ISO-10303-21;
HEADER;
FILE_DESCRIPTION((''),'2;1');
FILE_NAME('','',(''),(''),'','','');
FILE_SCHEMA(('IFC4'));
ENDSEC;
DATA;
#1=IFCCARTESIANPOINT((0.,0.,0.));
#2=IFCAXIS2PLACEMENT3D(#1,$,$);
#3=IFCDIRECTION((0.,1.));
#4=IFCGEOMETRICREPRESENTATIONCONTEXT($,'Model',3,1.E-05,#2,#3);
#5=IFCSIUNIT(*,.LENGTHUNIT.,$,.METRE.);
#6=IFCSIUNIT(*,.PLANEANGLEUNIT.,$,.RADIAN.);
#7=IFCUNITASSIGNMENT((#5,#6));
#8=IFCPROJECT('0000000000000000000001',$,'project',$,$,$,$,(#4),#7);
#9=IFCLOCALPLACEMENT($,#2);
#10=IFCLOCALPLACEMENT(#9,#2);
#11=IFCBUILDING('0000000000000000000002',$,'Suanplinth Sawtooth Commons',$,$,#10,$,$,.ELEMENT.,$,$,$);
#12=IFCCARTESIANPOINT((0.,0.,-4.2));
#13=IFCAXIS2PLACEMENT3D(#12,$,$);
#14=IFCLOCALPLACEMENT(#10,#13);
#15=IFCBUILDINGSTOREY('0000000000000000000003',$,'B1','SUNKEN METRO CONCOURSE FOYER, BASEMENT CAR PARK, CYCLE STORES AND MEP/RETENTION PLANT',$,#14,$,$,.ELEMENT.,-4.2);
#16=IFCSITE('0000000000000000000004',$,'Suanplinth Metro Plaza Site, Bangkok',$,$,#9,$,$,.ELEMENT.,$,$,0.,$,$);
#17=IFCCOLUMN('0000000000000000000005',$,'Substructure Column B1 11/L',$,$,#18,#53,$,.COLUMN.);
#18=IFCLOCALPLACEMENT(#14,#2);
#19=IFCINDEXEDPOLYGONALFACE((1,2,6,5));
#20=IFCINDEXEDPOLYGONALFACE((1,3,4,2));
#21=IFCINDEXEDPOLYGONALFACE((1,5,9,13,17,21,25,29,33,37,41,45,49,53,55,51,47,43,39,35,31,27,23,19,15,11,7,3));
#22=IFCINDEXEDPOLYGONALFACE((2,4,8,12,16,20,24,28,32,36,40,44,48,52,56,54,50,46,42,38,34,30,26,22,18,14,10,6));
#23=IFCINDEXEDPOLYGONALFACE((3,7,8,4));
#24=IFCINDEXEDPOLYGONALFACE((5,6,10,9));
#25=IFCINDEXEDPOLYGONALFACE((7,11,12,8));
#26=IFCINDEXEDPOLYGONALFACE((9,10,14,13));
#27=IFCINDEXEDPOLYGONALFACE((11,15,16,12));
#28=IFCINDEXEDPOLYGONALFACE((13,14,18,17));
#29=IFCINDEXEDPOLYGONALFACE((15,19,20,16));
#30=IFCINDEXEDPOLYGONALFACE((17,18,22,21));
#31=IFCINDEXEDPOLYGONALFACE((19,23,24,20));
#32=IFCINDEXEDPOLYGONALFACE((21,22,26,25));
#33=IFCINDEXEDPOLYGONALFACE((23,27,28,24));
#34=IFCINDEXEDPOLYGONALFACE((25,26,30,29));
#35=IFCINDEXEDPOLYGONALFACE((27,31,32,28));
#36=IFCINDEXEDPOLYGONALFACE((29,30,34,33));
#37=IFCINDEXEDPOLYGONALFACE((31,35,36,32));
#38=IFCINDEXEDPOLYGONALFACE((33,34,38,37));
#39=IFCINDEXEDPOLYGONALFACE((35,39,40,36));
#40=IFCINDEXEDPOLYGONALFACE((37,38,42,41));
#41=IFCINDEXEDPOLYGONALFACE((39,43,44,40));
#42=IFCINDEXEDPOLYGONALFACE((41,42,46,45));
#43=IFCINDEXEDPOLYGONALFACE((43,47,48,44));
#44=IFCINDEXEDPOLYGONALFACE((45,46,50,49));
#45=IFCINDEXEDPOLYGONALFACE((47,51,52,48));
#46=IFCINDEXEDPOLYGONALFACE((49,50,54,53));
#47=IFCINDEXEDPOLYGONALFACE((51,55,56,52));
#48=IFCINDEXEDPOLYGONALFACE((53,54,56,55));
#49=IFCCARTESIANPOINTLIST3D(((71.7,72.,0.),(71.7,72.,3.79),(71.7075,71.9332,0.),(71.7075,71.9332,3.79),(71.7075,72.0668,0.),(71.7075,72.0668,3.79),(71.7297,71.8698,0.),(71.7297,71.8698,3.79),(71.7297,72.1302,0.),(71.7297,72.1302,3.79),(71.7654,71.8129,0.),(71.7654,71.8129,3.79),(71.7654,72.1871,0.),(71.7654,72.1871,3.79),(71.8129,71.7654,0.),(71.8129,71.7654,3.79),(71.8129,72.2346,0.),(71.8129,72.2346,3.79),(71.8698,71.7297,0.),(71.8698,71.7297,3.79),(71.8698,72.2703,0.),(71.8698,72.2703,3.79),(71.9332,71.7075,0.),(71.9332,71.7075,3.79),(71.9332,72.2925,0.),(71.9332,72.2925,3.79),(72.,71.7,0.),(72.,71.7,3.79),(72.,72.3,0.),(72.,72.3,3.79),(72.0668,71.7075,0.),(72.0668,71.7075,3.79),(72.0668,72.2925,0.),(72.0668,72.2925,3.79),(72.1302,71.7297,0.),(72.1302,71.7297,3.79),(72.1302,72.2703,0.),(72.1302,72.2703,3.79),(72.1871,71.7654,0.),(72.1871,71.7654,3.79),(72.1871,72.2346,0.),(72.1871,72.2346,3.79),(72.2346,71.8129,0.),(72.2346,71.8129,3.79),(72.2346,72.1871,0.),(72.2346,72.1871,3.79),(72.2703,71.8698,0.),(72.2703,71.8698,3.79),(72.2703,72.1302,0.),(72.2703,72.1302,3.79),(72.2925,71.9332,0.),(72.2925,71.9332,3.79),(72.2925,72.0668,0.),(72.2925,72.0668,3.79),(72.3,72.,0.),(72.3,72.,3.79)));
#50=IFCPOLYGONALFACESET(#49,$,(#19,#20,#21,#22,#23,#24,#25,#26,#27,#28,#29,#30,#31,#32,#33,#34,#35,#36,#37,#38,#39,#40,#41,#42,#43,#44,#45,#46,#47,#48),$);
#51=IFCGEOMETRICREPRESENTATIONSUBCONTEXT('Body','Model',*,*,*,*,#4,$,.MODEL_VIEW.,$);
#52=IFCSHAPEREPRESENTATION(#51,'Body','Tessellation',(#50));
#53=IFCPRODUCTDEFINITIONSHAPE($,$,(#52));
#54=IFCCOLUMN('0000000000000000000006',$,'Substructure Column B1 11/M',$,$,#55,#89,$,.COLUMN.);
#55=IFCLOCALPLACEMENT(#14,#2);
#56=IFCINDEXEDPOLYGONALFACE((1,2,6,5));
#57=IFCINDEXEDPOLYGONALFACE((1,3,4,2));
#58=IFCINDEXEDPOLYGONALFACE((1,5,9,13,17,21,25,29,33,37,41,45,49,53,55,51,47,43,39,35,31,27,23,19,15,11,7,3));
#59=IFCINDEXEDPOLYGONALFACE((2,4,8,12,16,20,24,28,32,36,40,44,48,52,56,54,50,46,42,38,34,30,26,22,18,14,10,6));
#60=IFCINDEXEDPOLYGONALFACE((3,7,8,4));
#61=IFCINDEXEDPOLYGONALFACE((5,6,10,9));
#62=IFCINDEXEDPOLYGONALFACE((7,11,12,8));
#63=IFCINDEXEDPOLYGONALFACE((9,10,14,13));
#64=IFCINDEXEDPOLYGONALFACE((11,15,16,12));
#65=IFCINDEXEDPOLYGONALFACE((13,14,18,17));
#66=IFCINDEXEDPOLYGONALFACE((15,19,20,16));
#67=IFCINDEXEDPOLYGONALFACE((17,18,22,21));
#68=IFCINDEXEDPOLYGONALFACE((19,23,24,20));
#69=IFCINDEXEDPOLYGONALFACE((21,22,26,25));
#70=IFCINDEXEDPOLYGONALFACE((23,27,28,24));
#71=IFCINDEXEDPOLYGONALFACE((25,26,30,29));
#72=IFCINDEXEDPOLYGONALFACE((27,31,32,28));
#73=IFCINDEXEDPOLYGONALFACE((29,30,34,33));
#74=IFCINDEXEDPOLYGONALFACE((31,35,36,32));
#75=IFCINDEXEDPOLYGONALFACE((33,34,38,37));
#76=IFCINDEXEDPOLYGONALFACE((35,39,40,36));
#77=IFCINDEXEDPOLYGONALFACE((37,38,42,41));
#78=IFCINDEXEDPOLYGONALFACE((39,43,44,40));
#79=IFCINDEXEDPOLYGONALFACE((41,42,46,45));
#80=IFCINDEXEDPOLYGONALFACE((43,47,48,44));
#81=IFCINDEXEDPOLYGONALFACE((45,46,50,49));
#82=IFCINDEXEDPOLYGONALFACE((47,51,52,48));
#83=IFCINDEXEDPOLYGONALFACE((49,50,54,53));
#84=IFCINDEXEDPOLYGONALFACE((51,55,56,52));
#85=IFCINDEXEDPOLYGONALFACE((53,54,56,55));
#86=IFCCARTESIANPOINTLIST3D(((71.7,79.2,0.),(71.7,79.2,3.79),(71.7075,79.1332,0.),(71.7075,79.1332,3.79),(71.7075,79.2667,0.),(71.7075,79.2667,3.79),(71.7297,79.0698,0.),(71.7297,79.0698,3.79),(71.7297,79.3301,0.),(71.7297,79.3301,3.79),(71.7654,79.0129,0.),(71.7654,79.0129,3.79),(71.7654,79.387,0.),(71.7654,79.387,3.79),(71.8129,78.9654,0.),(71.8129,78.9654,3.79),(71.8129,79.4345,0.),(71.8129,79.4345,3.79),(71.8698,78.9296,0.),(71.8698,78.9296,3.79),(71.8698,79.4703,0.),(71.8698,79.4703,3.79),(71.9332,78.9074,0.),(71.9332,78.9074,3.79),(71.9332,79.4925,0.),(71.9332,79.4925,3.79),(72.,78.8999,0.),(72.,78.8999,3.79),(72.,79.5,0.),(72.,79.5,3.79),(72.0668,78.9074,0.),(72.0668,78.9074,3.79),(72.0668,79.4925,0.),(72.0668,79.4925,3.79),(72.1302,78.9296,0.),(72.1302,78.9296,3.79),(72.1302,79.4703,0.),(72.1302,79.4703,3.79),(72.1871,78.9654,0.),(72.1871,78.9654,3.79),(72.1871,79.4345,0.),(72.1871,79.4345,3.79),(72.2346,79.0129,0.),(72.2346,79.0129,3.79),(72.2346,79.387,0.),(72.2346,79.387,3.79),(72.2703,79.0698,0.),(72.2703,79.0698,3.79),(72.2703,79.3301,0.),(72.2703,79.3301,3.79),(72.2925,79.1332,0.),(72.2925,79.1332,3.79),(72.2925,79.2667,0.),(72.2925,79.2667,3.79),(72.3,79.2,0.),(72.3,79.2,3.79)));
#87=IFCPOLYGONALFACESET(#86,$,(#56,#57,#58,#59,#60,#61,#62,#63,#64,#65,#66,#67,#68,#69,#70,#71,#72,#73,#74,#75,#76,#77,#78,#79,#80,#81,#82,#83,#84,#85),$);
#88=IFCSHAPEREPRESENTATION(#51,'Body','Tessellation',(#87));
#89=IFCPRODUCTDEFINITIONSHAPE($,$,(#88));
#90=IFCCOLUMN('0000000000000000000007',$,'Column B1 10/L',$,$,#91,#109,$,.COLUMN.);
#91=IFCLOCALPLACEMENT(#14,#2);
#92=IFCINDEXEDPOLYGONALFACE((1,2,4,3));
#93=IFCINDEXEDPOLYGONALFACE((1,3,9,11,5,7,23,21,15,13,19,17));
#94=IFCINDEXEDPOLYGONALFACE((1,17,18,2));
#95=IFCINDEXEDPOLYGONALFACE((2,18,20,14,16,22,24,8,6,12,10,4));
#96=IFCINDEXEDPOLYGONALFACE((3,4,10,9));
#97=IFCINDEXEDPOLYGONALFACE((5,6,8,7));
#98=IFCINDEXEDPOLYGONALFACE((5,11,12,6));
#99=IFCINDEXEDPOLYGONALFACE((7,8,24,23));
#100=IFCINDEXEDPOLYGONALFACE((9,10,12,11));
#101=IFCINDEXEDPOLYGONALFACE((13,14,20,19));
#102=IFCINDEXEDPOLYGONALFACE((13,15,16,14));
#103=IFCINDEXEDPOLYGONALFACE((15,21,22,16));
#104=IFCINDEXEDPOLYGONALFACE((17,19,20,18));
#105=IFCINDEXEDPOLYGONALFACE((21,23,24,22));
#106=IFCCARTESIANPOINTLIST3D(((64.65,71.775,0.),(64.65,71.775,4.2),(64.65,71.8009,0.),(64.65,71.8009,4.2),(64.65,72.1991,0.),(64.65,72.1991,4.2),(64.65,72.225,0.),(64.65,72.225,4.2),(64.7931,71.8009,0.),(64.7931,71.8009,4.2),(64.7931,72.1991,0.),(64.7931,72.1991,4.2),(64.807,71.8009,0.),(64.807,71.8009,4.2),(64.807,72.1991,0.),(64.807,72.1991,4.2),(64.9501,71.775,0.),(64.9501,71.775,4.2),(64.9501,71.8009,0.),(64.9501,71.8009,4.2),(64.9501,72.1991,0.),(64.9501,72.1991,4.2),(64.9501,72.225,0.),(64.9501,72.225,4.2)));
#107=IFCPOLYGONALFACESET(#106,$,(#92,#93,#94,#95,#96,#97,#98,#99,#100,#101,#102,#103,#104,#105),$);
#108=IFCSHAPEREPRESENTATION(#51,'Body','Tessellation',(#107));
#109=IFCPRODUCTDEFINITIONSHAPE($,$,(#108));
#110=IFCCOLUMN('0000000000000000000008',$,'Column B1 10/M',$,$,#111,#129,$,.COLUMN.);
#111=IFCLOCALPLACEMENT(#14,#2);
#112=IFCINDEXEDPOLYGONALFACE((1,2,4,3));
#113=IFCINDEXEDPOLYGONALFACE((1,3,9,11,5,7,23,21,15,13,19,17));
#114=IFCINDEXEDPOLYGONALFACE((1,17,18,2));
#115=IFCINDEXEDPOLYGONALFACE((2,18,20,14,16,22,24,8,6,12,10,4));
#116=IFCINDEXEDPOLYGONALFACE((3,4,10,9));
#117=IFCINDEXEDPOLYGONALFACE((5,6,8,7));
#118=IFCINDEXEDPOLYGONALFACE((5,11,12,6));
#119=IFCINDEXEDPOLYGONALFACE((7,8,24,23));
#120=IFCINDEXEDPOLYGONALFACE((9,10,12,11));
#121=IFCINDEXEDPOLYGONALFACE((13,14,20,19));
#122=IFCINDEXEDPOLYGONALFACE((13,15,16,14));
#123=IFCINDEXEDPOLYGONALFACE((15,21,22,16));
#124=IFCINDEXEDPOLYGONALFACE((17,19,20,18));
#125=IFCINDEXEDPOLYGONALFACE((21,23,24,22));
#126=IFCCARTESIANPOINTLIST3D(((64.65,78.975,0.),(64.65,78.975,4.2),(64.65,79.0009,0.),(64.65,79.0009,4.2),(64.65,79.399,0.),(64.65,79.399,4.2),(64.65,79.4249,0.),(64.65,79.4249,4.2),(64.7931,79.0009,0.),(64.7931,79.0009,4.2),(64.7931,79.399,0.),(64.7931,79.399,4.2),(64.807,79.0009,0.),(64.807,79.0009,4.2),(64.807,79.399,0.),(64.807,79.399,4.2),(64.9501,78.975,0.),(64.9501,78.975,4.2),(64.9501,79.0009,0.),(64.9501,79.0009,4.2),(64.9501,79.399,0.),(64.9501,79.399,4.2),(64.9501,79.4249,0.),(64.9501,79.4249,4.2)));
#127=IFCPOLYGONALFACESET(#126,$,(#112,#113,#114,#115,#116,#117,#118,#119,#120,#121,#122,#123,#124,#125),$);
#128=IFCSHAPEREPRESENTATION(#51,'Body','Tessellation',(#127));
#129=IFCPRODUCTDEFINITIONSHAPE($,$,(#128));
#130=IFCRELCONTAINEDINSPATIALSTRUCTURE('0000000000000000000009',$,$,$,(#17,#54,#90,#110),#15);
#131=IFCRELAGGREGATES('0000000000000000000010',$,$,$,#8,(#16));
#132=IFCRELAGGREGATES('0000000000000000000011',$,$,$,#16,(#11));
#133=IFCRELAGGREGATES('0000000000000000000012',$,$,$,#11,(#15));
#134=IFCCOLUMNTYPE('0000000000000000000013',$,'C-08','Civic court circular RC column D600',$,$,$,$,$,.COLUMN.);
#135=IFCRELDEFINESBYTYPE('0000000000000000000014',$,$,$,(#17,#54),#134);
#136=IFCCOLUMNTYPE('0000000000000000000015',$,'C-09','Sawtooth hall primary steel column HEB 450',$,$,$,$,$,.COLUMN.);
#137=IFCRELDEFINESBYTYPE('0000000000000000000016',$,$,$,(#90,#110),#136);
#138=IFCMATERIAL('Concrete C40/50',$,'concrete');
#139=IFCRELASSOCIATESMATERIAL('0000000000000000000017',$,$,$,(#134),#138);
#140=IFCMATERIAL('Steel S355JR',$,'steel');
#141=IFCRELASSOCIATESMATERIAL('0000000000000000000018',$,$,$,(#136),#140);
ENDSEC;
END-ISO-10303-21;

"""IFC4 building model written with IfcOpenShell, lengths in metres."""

from ifc_helpers import new_model, si_unit, direction, frame, origin, origin_2d, place, context, subcontext, project, spatial, circle, i_section, extrude, material, material_profile, profile_set, type_object, element, save


model = new_model("IFC4")

# Units and contexts
model_context = context("Model", 3, precision=1e-05, world=origin(), true_north=direction((0.0, 1.0)))
body_context = subcontext(model_context, "Body", "Model", "MODEL_VIEW")
ifc_project = project(units=[si_unit("LENGTHUNIT", "METRE"), si_unit("PLANEANGLEUNIT", "RADIAN")], contexts=[model_context])

# Site, building, storey
site_placement = place(None, origin())
site = spatial("IfcSite", under=ifc_project, at=site_placement, Name="Suanplinth Metro Plaza Site, Bangkok", CompositionType="ELEMENT", RefElevation=0.0)
building_placement = place(site_placement, origin())
building = spatial("IfcBuilding", under=site, at=building_placement, Name="Suanplinth Sawtooth Commons", CompositionType="ELEMENT")
storey_placement = place(building_placement, frame((0.0, 0.0, -4.2)))
storey = spatial("IfcBuildingStorey", under=building, at=storey_placement, Name="B1", Description="SUNKEN METRO CONCOURSE FOYER, BASEMENT CAR PARK, CYCLE STORES AND MEP/RETENTION PLANT", CompositionType="ELEMENT", Elevation=-4.2)

# Columns
ifc_material_1 = material(Name="Concrete C40/50", Category="concrete")
ifc_material_profile_1 = material_profile(ifc_material_1, circle(Radius=0.3, at=origin_2d()), Name="RC-CIRC D600")
ifc_profile_set_1 = profile_set([ifc_material_profile_1], Name="Concrete C40/50")
column_type_1 = type_object("IfcColumnType", Name="C-08", Description="Civic court circular RC column D600", PredefinedType="COLUMN", material=ifc_profile_set_1)
for number, where, z_axis, x_axis, name in (
    (1, (72.0, 72.0, 0.0), (0.0, 0.0, 1.0), (1.0, 0.0, 0.0), "Substructure Column B1 11/L"),
    (2, (72.0, 79.2, 0.0), (0.0, 0.0, 1.0), (1.0, 0.0, 0.0), "Substructure Column B1 11/M"),
):
    element("IfcColumn", number, at=place(storey_placement, frame(where, z_axis=z_axis, x_axis=x_axis)), inside=storey, type_object=column_type_1, Name=name, PredefinedType="COLUMN", context=body_context, shape_type="SweptSolid", body=[
        extrude(circle(Radius=0.3, at=origin_2d()), origin(), (0.0, 0.0, 1.0), 3.79),
    ])
ifc_material_2 = material(Name="Steel S355JR", Category="steel")
ifc_material_profile_2 = material_profile(ifc_material_2, i_section(OverallWidth=0.3, OverallDepth=0.45, WebThickness=0.0139, FlangeThickness=0.0259, at=origin_2d()), Name="HEB 450")
ifc_profile_set_2 = profile_set([ifc_material_profile_2], Name="Steel S355JR")
column_type_2 = type_object("IfcColumnType", Name="C-09", Description="Sawtooth hall primary steel column HEB 450", PredefinedType="COLUMN", material=ifc_profile_set_2)
for number, where, z_axis, x_axis, name in (
    (3, (64.8, 72.0, 0.0), (0.0, 0.0, 1.0), (1.0, 0.0, 0.0), "Column B1 10/L"),
    (4, (64.8, 79.2, 0.0), (0.0, 0.0, 1.0), (1.0, 0.0, 0.0), "Column B1 10/M"),
):
    element("IfcColumn", number, at=place(storey_placement, frame(where, z_axis=z_axis, x_axis=x_axis)), inside=storey, type_object=column_type_2, Name=name, PredefinedType="COLUMN", context=body_context, shape_type="SweptSolid", body=[
        extrude(i_section(OverallWidth=0.3, OverallDepth=0.45, WebThickness=0.0139, FlangeThickness=0.0259, at=origin_2d()), origin(), (0.0, 0.0, 1.0), 4.2),
    ])

save(model, "model.ifc")
